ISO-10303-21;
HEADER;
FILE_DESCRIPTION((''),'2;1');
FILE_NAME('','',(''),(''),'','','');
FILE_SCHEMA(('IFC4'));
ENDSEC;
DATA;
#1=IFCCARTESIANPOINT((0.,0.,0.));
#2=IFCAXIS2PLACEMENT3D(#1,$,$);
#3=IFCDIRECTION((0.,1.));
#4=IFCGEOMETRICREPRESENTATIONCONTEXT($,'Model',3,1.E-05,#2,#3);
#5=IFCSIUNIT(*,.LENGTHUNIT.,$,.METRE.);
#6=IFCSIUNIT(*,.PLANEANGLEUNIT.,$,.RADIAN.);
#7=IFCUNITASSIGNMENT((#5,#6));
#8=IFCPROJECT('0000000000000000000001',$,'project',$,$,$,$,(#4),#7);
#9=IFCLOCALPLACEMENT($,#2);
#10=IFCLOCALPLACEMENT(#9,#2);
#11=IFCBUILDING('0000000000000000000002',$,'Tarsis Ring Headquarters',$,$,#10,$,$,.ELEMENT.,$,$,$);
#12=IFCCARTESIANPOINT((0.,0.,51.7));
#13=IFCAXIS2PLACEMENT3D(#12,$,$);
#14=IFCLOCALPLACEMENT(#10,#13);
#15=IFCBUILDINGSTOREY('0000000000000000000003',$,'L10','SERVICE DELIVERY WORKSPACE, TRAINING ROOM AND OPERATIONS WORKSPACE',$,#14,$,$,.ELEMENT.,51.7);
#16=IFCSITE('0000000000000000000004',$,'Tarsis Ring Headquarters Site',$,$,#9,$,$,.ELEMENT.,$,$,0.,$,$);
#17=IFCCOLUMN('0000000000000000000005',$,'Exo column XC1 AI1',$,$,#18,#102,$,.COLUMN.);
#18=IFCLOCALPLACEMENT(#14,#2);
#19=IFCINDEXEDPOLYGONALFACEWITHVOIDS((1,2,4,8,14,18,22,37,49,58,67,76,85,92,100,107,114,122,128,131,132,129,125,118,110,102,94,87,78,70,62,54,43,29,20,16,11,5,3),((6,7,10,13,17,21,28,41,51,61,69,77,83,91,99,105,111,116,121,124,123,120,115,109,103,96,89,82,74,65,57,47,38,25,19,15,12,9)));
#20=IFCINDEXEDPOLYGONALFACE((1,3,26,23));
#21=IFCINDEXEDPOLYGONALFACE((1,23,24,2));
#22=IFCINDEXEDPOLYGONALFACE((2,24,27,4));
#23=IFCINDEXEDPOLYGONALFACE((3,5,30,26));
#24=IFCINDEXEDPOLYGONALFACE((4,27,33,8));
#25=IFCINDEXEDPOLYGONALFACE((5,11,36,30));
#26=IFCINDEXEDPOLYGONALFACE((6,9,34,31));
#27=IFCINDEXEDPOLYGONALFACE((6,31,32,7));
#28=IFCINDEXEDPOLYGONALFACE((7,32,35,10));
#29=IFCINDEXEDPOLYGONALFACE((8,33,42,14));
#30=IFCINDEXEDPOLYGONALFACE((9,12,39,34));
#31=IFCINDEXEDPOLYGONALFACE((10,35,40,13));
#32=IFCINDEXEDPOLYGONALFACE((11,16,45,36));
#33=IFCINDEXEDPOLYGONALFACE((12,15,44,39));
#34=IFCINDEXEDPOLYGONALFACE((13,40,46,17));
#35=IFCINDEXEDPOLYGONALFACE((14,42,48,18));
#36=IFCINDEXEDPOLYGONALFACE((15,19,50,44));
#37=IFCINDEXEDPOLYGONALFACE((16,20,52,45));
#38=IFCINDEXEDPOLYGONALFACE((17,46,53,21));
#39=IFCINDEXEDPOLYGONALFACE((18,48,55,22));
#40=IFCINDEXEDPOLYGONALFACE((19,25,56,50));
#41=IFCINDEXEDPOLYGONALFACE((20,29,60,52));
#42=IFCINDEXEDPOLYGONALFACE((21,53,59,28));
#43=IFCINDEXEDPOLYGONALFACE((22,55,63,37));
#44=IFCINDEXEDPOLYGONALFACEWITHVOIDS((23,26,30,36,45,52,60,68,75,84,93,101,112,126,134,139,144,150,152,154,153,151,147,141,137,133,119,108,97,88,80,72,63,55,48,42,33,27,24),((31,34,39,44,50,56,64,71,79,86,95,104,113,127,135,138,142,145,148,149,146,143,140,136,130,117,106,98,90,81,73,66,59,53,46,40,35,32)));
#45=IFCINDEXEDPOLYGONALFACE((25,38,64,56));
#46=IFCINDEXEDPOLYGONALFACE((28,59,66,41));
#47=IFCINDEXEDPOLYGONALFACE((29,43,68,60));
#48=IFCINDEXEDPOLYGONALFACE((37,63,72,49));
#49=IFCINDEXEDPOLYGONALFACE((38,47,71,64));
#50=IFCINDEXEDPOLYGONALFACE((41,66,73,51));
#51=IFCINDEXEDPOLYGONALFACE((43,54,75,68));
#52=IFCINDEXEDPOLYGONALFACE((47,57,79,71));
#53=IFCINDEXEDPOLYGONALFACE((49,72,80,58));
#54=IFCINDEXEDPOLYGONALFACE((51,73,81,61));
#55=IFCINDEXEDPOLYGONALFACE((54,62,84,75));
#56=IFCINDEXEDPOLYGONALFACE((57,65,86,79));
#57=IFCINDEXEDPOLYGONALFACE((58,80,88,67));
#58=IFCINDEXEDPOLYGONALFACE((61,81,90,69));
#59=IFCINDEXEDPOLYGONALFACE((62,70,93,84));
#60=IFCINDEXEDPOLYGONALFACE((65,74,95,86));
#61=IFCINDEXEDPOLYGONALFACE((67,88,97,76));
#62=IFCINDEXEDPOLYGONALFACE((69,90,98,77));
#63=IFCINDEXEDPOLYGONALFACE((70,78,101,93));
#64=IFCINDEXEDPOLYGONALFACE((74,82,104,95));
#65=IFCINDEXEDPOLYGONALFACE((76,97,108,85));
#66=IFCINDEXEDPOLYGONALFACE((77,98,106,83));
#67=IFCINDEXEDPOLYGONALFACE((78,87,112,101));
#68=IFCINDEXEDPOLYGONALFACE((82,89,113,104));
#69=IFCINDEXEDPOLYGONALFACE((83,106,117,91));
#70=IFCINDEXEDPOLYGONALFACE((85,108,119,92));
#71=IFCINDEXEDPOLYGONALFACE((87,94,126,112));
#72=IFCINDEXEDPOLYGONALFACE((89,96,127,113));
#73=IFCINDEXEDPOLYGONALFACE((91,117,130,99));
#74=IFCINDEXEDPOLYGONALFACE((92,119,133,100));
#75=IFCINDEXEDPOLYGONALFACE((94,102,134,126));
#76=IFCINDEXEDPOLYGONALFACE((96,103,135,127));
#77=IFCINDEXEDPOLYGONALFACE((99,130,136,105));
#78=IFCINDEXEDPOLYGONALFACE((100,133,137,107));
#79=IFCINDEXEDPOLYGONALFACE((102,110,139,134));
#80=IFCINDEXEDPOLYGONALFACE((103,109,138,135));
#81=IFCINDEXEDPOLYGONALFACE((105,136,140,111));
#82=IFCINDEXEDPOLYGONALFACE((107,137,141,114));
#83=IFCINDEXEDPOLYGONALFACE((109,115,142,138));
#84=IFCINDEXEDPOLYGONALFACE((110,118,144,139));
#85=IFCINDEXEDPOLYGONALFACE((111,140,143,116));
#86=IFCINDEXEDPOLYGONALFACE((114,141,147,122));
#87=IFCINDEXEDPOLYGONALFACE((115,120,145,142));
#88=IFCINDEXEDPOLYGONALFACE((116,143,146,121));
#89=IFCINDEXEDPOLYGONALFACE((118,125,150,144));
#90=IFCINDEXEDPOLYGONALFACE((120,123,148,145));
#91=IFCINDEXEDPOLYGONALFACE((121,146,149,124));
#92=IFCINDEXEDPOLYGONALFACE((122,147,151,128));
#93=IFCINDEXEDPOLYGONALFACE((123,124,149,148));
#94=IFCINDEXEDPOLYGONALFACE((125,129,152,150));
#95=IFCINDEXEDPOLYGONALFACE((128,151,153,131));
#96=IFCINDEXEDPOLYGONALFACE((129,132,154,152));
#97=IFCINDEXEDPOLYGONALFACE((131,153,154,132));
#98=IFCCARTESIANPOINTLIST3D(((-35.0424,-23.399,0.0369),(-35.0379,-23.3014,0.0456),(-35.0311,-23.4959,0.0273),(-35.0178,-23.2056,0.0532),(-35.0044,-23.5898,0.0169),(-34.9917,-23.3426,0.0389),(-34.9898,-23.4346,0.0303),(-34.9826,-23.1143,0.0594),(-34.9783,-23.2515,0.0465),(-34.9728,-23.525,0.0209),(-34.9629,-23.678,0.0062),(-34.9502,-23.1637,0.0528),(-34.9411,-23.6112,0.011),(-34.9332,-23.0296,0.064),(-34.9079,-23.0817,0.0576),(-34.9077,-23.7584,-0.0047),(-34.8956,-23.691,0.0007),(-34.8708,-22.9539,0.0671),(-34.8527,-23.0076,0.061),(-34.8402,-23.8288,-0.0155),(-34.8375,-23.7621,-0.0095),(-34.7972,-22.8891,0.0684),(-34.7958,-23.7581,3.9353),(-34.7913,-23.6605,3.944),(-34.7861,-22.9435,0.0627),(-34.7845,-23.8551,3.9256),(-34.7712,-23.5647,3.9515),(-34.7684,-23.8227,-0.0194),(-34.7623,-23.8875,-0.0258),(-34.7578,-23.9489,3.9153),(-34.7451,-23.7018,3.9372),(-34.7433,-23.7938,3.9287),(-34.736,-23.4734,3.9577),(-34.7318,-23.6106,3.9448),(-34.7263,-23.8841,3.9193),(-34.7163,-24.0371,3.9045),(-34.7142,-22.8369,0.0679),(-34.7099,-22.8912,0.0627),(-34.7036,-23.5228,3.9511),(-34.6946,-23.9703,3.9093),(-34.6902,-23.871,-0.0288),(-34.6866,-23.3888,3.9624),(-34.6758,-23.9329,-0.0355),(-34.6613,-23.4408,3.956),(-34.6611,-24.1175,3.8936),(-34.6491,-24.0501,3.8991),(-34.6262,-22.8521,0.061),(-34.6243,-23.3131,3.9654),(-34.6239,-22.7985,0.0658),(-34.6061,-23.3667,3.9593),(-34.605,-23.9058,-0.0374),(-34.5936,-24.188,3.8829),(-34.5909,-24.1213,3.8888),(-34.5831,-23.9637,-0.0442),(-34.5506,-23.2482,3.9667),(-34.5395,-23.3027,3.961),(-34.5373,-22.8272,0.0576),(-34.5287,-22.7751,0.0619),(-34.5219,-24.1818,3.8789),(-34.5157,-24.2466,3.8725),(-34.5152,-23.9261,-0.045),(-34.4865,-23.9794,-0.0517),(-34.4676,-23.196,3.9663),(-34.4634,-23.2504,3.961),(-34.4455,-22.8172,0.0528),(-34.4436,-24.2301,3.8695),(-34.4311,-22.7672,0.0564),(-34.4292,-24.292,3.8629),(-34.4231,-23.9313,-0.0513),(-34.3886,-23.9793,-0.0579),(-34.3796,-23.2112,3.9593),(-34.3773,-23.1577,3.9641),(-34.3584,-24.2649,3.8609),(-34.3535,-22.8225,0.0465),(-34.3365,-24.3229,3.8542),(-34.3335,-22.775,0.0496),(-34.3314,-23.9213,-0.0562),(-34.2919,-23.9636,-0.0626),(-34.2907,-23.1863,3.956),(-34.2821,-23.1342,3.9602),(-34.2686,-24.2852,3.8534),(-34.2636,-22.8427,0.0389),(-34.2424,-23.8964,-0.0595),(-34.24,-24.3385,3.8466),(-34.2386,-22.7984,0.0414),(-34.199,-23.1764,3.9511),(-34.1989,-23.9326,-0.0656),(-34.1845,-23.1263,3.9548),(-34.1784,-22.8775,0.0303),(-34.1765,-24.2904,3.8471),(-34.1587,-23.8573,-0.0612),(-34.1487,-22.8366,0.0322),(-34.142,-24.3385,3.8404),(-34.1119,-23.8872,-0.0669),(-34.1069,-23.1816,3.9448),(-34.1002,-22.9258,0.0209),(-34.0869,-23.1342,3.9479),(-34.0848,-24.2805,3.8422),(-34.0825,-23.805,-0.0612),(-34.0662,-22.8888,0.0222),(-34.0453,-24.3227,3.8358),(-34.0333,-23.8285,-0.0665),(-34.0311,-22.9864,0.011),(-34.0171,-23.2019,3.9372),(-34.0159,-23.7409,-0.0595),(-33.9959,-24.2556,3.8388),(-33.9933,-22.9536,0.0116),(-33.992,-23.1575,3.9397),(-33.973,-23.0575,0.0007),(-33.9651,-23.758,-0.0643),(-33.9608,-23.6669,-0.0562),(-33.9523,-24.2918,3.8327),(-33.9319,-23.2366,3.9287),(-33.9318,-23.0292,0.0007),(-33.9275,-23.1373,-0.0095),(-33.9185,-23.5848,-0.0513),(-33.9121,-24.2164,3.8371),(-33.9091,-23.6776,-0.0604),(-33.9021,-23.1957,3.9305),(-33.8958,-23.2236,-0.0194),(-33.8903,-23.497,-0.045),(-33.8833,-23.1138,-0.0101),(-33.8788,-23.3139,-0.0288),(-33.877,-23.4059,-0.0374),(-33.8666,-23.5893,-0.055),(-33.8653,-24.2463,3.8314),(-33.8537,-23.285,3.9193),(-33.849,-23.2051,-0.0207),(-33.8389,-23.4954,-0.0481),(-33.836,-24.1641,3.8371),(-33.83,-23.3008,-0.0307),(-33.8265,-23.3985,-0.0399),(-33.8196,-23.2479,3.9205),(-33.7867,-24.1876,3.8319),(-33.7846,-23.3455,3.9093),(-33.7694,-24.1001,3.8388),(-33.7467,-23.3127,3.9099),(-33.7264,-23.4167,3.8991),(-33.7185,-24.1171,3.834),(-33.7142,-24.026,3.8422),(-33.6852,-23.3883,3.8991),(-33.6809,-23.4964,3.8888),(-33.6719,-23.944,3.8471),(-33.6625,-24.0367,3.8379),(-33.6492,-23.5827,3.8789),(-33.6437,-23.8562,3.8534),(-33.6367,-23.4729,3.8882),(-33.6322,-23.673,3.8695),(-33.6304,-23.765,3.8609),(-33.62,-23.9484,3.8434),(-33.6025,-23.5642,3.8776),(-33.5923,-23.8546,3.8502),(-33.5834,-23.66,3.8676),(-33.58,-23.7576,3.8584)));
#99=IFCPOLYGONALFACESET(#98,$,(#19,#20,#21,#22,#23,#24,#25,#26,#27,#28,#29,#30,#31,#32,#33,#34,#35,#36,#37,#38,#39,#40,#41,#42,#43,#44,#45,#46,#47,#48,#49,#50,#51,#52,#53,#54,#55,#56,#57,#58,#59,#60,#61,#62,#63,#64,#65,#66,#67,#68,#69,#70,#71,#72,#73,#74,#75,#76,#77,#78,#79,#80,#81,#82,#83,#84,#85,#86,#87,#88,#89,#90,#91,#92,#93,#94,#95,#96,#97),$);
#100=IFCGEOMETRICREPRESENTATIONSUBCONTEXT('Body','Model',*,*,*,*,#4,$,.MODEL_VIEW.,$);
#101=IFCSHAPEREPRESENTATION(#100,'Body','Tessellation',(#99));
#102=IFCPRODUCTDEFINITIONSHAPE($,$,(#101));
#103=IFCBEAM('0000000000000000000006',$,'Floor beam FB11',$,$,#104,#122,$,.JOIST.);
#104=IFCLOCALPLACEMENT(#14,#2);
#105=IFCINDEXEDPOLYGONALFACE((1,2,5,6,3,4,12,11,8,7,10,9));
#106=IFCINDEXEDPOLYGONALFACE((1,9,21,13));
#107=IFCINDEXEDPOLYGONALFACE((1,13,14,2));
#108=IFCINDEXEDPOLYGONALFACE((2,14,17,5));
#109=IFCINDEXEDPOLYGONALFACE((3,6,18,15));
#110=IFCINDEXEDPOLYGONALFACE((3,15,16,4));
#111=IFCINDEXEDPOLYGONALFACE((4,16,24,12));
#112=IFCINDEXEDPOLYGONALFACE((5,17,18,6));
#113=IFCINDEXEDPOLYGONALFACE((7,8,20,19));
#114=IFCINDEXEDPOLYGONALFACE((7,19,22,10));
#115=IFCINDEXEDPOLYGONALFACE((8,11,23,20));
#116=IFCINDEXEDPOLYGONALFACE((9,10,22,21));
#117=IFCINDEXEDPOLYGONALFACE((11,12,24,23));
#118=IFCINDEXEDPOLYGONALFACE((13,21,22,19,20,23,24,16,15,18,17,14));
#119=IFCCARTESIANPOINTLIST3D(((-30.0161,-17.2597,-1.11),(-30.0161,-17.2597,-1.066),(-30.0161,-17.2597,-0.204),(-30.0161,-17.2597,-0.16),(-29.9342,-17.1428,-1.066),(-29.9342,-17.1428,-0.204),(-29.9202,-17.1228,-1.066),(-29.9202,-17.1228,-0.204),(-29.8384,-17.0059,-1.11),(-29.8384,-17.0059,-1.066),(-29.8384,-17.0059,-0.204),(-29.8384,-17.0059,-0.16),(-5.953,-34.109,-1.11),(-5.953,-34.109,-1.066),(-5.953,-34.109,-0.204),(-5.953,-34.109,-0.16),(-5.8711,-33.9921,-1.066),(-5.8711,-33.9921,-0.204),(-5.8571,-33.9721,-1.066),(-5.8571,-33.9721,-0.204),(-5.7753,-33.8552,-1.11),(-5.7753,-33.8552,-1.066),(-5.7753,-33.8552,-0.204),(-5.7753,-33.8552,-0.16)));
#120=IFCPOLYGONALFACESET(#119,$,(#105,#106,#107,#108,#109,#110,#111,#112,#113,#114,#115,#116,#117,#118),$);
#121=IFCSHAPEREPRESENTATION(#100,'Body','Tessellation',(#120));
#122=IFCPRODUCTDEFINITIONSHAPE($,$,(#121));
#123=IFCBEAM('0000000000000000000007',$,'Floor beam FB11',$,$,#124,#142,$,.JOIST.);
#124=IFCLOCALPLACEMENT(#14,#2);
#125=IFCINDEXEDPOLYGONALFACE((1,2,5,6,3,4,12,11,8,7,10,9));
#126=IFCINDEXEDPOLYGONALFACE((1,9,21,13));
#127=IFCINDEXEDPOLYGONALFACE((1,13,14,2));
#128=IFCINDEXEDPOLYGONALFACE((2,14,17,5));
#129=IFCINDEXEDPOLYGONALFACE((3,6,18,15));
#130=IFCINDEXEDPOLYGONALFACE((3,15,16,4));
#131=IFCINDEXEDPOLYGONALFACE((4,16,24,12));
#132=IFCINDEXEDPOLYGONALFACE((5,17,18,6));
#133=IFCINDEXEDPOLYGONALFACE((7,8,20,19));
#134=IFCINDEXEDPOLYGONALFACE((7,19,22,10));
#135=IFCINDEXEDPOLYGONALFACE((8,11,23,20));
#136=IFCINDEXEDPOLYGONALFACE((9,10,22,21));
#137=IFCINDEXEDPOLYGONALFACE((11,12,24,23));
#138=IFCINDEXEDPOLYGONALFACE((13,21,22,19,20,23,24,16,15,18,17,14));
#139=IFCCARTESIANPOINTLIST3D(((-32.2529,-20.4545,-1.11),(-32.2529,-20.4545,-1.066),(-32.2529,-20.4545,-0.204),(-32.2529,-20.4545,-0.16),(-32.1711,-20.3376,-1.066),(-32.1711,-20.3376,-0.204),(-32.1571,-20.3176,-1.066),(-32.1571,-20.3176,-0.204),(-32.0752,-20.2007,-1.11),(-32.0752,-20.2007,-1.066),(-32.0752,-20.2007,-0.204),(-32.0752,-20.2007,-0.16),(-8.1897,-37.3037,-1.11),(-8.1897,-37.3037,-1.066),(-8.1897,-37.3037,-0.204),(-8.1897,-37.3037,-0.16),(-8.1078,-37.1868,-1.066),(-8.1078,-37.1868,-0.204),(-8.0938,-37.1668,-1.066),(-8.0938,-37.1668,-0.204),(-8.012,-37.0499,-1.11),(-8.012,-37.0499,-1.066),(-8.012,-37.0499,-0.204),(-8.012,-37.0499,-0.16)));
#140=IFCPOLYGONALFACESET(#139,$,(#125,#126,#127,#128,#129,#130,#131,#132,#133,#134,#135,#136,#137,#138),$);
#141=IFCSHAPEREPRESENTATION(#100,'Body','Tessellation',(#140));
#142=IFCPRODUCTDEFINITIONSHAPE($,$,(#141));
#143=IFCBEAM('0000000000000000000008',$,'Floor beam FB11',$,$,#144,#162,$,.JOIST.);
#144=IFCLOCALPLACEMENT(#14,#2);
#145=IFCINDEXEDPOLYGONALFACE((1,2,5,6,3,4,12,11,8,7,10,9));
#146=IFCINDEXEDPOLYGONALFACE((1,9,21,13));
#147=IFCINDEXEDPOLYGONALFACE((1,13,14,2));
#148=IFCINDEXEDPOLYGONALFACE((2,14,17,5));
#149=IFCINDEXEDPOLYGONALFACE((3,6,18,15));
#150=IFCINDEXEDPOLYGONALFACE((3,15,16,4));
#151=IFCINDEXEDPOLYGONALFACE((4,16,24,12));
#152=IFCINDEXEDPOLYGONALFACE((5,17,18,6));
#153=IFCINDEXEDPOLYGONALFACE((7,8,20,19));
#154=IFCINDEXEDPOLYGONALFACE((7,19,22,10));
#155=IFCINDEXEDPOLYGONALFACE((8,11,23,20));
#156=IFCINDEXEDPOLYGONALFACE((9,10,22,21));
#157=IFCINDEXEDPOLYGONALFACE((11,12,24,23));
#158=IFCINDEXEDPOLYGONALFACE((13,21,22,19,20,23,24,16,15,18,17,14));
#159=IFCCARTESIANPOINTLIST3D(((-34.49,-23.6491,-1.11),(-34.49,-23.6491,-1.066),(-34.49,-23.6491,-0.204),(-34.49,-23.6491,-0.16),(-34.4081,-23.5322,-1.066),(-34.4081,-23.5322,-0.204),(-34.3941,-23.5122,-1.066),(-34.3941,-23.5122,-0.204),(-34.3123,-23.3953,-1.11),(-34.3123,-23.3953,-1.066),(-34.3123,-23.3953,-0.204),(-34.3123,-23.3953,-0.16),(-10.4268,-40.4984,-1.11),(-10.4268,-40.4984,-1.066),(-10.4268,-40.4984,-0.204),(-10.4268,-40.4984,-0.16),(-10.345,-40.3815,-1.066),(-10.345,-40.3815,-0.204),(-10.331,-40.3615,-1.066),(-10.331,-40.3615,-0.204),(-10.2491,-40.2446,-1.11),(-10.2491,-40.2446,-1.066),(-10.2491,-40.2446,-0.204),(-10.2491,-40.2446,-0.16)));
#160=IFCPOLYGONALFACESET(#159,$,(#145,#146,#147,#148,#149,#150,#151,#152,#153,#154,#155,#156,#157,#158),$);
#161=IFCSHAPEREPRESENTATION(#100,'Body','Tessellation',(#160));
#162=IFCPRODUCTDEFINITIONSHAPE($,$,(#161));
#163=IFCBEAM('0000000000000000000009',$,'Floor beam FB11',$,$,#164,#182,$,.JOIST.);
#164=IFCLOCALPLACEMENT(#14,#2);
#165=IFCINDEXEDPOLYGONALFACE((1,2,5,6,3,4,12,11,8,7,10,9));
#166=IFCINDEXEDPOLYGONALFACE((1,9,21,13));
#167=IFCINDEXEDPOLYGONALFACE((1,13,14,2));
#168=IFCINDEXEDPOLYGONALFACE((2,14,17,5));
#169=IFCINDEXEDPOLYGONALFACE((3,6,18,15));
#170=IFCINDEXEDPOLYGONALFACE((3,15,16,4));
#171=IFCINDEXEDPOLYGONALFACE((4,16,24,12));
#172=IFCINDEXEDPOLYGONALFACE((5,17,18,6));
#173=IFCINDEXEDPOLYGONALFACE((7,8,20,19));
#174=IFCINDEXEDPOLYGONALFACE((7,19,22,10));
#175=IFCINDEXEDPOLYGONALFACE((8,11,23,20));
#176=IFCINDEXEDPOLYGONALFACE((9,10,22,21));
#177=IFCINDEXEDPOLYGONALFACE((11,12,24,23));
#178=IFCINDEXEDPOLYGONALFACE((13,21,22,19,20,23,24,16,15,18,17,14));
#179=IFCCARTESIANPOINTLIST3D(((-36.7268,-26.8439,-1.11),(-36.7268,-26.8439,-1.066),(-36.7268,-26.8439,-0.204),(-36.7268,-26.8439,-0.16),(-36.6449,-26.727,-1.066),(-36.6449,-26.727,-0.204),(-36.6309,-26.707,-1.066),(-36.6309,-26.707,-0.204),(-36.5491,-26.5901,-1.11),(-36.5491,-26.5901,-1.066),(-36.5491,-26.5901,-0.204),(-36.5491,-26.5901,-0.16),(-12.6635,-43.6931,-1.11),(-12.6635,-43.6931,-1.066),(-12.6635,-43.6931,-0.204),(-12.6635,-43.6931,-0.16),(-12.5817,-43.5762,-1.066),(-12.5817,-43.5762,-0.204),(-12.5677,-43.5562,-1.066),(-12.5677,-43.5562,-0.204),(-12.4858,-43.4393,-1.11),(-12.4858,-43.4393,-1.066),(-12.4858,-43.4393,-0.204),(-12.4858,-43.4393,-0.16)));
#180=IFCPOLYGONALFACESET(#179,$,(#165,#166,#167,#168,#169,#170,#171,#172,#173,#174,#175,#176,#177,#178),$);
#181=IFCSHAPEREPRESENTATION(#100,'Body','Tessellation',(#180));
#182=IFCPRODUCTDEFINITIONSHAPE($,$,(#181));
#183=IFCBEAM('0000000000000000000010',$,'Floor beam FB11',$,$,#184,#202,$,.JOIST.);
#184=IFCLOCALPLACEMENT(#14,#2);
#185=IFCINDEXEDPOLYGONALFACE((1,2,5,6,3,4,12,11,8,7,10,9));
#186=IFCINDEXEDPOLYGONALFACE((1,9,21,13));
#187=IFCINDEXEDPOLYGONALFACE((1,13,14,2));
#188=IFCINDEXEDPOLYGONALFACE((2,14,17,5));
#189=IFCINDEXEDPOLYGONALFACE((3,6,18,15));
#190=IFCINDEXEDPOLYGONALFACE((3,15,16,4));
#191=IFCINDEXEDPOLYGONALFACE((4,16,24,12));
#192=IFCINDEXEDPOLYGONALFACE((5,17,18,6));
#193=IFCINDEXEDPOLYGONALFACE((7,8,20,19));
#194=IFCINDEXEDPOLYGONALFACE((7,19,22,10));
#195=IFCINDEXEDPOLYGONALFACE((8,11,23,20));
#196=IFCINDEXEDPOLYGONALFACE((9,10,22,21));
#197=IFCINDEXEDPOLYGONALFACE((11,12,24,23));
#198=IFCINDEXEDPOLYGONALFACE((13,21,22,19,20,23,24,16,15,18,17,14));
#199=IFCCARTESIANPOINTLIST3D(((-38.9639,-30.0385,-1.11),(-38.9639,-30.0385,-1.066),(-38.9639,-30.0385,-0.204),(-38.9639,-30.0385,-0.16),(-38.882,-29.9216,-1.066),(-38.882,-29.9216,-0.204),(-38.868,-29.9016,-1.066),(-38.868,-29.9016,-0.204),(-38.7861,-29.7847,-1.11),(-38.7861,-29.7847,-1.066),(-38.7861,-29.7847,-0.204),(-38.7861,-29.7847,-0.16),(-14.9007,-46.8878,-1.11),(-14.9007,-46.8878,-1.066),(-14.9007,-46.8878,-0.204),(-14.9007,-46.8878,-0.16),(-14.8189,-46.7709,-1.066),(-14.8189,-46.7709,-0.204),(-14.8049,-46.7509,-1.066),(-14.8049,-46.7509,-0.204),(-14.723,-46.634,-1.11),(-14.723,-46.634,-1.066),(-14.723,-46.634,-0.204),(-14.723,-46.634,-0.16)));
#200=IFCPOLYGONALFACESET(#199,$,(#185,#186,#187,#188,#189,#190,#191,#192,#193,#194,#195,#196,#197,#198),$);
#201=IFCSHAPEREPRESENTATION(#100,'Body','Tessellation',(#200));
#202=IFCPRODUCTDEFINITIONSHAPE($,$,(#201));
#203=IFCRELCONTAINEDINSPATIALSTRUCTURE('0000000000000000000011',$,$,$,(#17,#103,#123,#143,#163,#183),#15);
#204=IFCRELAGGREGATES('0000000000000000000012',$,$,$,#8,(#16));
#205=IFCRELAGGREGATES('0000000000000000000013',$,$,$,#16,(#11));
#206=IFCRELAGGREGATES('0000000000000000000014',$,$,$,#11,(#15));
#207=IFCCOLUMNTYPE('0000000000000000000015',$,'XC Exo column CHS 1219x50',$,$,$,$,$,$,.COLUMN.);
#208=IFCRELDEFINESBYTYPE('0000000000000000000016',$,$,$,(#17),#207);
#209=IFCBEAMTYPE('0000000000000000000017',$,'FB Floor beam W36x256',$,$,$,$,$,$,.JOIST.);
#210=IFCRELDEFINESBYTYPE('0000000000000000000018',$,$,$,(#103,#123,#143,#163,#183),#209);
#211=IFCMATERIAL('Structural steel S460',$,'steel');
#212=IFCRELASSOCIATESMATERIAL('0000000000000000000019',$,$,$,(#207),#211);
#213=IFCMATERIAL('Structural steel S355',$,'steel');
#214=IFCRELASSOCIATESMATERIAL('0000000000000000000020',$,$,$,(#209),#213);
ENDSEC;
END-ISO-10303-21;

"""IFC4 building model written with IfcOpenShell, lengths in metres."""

from ifc_helpers import new_model, si_unit, direction, frame, origin, origin_2d, place, context, subcontext, project, spatial, hollow_circle, i_section, extrude, material, material_profile, profile_set, type_object, element, save


model = new_model("IFC4")

# Units and contexts
model_context = context("Model", 3, precision=1e-05, world=origin(), true_north=direction((0.0, 1.0)))
body_context = subcontext(model_context, "Body", "Model", "MODEL_VIEW")
ifc_project = project(units=[si_unit("LENGTHUNIT", "METRE"), si_unit("PLANEANGLEUNIT", "RADIAN")], contexts=[model_context])

# Site, building, storey
site_placement = place(None, origin())
site = spatial("IfcSite", under=ifc_project, at=site_placement, Name="Tarsis Ring Headquarters Site", CompositionType="ELEMENT", RefElevation=0.0)
building_placement = place(site_placement, origin())
building = spatial("IfcBuilding", under=site, at=building_placement, Name="Tarsis Ring Headquarters", CompositionType="ELEMENT")
storey_placement = place(building_placement, frame((0.0, 0.0, 51.7)))
storey = spatial("IfcBuildingStorey", under=building, at=storey_placement, Name="L10", Description="SERVICE DELIVERY WORKSPACE, TRAINING ROOM AND OPERATIONS WORKSPACE", CompositionType="ELEMENT", Elevation=51.7)

# Column
ifc_material_1 = material(Name="Structural steel S460", Category="steel")
ifc_material_profile_1 = material_profile(ifc_material_1, hollow_circle(Radius=0.6096, WallThickness=0.05, at=origin_2d()), Name="CHS 1219x50")
ifc_profile_set_1 = profile_set([ifc_material_profile_1], Name="Structural steel S460")
column_type = type_object("IfcColumnType", Name="XC Exo column CHS 1219x50", PredefinedType="COLUMN", material=ifc_profile_set_1)
column_placement = place(storey_placement, frame((-34.4343, -23.3743, 0.0007), z_axis=(0.06286, -0.091552, 0.993814), x_axis=(0.824385, 0.566029, 0.0)))
element("IfcColumn", 1, at=column_placement, inside=storey, type_object=column_type, Name="Exo column XC1 AI1", PredefinedType="COLUMN", context=body_context, shape_type="SweptSolid", body=[
    extrude(hollow_circle(Radius=0.6096, WallThickness=0.05, at=origin_2d()), origin(), (0.0, 0.0, 1.0), 3.9226),
])

# Beams
ifc_material_2 = material(Name="Structural steel S355", Category="steel")
ifc_material_profile_2 = material_profile(ifc_material_2, i_section(OverallWidth=0.3098, OverallDepth=0.95, WebThickness=0.0244, FlangeThickness=0.0439, at=origin_2d()), Name="W36x256")
ifc_profile_set_2 = profile_set([ifc_material_profile_2], Name="Structural steel S355")
beam_type_1 = type_object("IfcBeamType", Name="FB Floor beam W36x256", PredefinedType="JOIST", material=ifc_profile_set_2)
for number, where, z_axis, x_axis, name in (
    (2, (-29.9272, -17.1328, -0.635), (0.81915, -0.573579, 0.0), (0.573579, 0.81915, 0.0), "Floor beam FB11"),
    (3, (-32.1641, -20.3276, -0.635), (0.819154, -0.573573, 0.0), (0.573573, 0.819154, 0.0), "Floor beam FB11"),
    (4, (-34.4011, -23.5222, -0.635), (0.81915, -0.573579, 0.0), (0.573579, 0.81915, 0.0), "Floor beam FB11"),
    (5, (-36.6379, -26.717, -0.635), (0.819154, -0.573573, 0.0), (0.573573, 0.819154, 0.0), "Floor beam FB11"),
    (6, (-38.875, -29.9116, -0.635), (0.81915, -0.573579, 0.0), (0.573579, 0.81915, 0.0), "Floor beam FB11"),
):
    element("IfcBeam", number, at=place(storey_placement, frame(where, z_axis=z_axis, x_axis=x_axis)), inside=storey, type_object=beam_type_1, Name=name, PredefinedType="JOIST", context=body_context, shape_type="SweptSolid", body=[
        extrude(i_section(OverallWidth=0.3098, OverallDepth=0.95, WebThickness=0.0244, FlangeThickness=0.0439, at=origin_2d()), origin(), (0.0, 0.0, 1.0), 29.3757),
    ])

save(model, "model.ifc")
